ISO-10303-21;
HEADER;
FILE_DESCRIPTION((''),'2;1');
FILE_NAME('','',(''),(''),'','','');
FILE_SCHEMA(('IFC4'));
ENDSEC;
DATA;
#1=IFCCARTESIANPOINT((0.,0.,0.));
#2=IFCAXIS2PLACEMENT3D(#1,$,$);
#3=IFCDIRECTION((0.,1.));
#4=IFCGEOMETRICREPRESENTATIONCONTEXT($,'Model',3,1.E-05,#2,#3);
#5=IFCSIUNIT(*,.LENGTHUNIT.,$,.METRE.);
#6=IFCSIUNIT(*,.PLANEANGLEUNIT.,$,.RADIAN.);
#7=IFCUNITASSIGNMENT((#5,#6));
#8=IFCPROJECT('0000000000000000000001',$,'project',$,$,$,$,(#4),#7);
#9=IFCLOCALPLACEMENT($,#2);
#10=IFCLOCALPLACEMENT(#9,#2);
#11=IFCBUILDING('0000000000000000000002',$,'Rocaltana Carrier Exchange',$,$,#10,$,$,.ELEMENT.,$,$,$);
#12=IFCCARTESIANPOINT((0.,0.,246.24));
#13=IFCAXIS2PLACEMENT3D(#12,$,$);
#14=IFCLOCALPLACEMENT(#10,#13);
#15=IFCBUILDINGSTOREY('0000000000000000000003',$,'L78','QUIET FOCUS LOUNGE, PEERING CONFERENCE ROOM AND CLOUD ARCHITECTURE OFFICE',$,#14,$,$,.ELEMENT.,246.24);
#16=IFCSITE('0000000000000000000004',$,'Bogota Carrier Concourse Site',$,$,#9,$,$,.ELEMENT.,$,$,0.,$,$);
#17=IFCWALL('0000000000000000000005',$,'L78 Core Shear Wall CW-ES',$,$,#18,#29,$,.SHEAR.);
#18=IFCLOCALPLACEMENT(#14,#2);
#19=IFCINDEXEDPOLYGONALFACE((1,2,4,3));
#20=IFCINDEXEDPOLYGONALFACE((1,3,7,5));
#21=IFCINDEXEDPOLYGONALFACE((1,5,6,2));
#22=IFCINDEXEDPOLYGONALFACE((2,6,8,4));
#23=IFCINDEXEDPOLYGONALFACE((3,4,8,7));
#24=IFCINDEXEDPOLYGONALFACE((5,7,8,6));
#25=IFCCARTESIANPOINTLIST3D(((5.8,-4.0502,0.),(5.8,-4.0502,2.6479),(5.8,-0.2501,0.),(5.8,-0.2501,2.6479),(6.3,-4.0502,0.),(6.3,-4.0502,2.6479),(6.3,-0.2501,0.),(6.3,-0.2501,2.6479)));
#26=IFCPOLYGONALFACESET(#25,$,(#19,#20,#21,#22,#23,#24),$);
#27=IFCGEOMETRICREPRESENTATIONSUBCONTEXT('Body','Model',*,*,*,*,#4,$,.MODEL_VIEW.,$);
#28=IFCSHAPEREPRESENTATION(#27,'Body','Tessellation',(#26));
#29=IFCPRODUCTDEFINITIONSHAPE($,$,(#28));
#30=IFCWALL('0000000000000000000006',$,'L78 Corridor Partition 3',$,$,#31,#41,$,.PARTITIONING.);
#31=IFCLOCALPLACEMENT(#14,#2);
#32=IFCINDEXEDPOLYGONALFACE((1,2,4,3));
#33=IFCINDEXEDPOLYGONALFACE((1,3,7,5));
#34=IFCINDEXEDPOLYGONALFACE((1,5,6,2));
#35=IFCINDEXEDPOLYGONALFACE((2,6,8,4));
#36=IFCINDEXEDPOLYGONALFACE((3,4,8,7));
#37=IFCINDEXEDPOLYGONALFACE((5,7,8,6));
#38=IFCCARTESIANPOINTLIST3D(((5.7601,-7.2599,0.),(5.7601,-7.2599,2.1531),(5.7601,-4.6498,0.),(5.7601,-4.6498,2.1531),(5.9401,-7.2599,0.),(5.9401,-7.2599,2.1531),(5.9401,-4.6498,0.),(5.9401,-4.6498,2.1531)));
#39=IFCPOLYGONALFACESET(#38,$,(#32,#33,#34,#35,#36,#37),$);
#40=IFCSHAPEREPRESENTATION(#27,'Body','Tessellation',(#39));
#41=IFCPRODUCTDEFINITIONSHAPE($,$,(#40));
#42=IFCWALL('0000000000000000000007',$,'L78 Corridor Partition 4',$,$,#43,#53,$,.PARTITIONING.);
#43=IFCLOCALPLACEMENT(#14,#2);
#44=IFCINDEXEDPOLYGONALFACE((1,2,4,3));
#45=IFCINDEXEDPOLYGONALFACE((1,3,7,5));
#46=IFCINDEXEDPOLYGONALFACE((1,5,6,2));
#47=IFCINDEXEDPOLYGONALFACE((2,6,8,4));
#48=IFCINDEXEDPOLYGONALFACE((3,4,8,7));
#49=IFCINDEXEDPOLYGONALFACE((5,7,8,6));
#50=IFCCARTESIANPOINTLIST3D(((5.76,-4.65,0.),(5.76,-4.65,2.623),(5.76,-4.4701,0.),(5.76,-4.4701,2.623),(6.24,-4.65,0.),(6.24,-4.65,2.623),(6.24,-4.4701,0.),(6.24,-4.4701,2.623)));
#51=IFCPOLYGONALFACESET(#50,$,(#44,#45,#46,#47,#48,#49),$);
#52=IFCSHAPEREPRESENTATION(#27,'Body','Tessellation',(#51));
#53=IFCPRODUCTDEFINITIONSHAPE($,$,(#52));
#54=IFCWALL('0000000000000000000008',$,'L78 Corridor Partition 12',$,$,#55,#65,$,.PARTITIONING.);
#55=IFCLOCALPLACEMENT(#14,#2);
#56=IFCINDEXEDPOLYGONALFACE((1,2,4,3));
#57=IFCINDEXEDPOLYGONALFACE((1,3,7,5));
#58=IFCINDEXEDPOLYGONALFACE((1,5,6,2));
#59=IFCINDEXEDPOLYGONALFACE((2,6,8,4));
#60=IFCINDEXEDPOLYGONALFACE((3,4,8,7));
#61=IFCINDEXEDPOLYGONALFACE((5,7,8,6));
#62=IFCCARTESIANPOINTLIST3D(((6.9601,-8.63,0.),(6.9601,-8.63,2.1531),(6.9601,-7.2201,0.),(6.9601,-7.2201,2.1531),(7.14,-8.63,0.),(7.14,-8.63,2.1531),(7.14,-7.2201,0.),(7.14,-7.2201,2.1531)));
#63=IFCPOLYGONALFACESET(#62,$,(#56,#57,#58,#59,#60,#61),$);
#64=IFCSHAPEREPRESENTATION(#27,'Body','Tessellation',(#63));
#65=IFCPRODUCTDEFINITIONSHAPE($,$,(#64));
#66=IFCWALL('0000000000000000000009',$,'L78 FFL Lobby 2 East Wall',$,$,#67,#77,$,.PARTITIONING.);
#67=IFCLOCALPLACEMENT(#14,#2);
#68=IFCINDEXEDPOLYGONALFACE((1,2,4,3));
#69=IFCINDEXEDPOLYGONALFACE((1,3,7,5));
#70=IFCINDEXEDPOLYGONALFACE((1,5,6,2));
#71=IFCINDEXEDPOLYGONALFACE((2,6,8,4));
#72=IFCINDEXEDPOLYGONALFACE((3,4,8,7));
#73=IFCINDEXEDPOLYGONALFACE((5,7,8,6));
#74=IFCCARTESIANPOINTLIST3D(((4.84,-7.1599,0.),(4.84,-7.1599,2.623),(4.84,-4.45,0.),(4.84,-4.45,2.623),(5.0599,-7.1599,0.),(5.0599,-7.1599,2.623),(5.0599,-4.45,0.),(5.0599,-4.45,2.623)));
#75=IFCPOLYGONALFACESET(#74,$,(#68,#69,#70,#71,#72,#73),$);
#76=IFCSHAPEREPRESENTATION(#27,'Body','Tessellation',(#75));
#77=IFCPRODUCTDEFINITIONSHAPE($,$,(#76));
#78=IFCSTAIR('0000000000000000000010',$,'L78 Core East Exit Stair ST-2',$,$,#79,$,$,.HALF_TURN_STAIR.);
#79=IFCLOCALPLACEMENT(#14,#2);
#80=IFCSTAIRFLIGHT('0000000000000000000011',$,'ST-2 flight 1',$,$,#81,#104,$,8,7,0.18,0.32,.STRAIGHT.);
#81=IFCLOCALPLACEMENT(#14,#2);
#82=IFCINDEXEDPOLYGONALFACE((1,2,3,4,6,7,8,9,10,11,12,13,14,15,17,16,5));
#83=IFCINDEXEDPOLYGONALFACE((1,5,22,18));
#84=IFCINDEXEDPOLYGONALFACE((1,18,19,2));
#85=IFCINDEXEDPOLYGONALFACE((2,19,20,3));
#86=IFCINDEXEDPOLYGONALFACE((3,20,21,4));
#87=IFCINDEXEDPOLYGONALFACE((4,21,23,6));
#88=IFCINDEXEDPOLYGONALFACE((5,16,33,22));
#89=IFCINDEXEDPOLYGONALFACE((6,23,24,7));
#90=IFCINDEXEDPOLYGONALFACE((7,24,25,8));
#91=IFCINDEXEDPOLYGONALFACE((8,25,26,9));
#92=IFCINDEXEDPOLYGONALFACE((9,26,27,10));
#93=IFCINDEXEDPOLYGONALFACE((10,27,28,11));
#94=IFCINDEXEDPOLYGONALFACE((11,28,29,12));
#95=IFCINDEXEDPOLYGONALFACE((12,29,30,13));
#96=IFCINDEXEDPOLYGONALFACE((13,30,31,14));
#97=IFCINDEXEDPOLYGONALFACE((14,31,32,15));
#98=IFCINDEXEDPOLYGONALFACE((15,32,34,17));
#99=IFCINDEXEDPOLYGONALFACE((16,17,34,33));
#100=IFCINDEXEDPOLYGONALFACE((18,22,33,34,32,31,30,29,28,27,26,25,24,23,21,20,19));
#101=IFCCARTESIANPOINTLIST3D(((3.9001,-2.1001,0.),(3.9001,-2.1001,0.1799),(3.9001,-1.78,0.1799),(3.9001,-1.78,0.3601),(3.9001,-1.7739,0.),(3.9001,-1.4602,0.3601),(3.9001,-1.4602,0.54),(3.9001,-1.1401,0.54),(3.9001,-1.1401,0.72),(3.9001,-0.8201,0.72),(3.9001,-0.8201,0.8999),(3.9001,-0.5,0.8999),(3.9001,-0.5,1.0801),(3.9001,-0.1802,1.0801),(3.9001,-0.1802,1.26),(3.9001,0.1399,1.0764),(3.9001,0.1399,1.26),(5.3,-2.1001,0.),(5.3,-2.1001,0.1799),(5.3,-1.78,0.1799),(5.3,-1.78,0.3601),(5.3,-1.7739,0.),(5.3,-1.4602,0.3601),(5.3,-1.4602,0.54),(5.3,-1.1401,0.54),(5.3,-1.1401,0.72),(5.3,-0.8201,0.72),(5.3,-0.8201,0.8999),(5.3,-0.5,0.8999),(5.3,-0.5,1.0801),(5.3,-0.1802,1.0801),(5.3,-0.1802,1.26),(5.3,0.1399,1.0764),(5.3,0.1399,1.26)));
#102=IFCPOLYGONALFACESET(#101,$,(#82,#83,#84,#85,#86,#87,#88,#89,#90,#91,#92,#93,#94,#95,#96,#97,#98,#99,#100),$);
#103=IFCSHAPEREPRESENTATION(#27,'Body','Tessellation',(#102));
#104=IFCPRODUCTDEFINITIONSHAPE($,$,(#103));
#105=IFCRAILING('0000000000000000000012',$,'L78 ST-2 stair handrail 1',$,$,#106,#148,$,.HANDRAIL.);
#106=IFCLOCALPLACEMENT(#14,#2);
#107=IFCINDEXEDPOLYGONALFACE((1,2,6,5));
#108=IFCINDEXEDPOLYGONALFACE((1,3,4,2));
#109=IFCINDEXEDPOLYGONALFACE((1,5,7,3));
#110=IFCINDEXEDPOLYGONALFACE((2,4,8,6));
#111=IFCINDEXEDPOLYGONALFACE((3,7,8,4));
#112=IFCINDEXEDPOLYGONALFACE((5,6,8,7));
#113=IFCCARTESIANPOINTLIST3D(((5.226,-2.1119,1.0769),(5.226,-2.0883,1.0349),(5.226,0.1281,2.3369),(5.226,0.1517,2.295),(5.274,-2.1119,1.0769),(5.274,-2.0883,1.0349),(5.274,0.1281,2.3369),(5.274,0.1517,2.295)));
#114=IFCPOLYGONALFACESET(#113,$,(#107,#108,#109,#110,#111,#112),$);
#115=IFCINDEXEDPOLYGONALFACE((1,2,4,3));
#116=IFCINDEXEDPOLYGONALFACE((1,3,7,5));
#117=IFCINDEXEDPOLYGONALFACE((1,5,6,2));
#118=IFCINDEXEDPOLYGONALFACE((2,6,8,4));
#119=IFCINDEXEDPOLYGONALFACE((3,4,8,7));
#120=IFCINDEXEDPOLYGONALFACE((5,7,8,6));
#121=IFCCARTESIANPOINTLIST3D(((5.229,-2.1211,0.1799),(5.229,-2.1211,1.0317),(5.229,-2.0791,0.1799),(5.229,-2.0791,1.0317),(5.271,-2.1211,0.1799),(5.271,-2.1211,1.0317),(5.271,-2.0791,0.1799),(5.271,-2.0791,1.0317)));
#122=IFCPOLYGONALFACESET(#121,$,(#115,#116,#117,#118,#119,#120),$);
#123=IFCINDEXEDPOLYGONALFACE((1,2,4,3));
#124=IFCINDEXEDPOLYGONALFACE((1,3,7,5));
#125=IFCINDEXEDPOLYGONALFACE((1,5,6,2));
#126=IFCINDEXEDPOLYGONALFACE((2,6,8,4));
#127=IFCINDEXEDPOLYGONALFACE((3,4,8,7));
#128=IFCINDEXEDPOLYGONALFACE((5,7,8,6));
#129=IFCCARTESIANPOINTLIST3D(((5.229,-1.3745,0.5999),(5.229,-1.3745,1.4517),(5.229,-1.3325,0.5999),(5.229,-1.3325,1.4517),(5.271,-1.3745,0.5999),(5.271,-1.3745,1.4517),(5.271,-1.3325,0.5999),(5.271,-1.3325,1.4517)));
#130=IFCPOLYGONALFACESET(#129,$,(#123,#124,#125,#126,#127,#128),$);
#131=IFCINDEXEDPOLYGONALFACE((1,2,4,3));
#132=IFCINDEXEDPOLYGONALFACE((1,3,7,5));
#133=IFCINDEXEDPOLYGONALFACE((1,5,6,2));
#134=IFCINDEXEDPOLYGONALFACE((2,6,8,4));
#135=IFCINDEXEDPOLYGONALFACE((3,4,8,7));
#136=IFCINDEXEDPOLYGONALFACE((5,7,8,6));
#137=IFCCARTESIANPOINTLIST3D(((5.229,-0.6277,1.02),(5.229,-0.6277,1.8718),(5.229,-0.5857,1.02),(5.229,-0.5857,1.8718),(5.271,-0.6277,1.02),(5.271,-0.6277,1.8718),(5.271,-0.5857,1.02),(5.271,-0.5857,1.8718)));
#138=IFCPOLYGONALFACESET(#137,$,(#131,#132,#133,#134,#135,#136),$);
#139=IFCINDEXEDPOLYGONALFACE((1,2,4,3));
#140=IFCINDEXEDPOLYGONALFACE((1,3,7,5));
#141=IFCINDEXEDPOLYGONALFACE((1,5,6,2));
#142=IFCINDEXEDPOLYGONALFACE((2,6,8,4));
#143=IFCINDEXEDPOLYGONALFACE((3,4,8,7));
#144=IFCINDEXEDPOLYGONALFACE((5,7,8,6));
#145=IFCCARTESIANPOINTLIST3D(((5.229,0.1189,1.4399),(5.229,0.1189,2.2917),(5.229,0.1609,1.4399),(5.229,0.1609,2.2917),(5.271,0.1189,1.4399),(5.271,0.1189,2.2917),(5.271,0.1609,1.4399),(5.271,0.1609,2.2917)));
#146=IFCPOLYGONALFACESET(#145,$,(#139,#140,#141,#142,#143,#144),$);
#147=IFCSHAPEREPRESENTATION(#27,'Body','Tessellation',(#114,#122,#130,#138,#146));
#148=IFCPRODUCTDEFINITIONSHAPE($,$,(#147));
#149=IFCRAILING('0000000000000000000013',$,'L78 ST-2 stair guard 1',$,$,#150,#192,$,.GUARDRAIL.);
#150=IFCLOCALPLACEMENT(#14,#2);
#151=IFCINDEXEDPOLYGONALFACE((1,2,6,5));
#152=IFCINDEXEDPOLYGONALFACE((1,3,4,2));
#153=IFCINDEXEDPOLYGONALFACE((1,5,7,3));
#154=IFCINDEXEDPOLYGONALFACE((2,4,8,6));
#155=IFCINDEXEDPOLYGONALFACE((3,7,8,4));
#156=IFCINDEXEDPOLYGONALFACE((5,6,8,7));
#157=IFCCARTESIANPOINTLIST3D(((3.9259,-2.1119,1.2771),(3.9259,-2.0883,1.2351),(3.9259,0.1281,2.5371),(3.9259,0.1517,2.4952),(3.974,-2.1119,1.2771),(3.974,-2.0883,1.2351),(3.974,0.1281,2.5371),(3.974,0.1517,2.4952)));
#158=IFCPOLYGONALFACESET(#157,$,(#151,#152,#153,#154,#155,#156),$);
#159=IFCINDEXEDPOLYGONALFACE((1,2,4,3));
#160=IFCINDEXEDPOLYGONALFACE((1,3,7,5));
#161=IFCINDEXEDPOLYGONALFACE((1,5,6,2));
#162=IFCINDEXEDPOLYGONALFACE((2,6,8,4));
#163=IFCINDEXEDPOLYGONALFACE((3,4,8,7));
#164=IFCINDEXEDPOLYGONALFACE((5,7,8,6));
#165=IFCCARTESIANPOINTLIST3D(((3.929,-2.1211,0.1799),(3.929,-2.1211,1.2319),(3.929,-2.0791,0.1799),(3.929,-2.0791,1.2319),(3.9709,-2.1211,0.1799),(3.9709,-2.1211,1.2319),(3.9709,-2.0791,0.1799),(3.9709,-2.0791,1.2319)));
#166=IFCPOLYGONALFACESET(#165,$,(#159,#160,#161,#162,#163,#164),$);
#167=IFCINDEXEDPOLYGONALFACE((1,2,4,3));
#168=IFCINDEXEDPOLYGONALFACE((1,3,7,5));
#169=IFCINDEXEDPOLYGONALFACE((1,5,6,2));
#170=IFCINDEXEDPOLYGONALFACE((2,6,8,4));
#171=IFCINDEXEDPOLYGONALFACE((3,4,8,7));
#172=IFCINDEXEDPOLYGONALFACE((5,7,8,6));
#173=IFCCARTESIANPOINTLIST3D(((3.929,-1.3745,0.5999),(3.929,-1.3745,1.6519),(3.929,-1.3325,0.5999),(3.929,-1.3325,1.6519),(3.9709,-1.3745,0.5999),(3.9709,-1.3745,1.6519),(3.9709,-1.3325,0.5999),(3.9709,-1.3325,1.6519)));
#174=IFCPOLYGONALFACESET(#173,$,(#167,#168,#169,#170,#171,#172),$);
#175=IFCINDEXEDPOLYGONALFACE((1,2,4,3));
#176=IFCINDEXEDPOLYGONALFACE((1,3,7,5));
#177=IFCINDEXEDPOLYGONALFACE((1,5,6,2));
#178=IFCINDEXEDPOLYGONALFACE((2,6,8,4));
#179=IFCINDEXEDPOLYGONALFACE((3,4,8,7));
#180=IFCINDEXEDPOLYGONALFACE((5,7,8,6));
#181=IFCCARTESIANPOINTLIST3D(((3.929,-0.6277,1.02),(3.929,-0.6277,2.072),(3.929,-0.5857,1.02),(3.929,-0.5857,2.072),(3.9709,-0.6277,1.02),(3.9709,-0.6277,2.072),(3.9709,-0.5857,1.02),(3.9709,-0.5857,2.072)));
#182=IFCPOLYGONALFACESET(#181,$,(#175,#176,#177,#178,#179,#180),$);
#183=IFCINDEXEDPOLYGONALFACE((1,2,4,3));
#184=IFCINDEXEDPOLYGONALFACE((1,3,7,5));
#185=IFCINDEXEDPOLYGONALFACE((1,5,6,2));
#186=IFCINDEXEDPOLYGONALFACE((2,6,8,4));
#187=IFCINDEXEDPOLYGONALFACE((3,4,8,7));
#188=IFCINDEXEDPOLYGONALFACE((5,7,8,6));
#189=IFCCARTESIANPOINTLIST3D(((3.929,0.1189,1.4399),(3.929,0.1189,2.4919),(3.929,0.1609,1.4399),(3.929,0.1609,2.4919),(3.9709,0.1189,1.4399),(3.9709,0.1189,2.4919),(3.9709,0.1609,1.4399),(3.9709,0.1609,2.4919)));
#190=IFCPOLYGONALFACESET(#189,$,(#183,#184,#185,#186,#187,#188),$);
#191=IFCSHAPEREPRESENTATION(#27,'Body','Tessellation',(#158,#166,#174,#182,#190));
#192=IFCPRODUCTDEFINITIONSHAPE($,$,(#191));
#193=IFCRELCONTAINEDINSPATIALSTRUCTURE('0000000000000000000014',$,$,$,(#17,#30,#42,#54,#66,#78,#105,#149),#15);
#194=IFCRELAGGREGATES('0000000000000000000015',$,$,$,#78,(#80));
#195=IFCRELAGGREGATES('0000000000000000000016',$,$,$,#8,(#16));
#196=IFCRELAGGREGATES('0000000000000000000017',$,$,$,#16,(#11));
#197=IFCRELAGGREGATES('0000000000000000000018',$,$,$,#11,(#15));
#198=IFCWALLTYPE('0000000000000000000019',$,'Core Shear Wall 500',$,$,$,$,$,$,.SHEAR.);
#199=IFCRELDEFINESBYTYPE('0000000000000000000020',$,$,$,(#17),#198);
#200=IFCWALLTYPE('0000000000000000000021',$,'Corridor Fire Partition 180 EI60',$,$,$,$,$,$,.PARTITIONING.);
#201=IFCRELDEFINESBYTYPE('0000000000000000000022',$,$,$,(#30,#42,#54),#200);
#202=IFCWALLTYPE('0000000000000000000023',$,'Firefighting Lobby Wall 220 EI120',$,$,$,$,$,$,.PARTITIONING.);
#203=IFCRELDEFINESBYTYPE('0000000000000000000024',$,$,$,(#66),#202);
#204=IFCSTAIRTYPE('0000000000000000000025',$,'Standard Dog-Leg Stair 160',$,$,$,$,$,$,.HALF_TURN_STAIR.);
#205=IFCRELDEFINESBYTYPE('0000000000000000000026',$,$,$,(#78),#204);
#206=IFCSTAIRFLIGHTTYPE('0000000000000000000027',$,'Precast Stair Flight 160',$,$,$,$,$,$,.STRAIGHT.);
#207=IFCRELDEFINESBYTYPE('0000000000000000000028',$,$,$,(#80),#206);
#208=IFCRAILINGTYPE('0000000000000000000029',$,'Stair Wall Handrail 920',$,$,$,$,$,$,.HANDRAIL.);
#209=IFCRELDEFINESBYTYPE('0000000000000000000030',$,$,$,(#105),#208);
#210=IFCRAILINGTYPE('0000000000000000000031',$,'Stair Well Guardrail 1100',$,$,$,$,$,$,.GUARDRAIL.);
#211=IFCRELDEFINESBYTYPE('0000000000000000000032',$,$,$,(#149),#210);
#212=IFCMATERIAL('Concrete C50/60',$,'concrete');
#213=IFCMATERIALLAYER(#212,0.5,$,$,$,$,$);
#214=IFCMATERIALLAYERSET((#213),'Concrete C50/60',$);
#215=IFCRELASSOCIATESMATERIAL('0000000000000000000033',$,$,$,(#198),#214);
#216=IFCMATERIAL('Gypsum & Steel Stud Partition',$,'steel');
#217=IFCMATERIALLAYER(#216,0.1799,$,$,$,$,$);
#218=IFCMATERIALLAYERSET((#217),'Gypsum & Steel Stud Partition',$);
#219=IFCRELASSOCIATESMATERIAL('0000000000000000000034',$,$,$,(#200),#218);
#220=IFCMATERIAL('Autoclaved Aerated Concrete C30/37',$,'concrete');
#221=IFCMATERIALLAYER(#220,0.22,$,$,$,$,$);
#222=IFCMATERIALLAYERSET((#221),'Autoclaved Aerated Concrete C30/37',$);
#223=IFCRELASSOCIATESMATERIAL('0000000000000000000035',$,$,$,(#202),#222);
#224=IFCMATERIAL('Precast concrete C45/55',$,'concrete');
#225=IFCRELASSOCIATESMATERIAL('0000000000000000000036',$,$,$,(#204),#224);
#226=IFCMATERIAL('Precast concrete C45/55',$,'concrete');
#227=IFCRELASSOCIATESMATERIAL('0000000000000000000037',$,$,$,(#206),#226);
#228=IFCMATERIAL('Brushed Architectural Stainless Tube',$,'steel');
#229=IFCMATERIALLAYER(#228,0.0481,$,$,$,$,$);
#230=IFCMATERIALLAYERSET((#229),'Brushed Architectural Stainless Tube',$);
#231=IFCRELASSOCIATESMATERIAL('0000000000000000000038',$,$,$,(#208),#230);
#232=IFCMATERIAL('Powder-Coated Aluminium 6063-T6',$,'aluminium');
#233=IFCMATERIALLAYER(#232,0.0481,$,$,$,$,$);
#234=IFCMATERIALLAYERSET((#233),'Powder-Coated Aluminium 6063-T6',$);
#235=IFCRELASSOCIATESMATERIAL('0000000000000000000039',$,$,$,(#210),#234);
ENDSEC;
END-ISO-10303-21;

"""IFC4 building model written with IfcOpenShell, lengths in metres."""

from ifc_helpers import new_model, si_unit, direction, frame, frame_2d, origin, origin_2d, place, context, subcontext, project, spatial, polyline, rectangle, outline, extrude, material, layer, layer_set, type_object, element, aggregate, save


model = new_model("IFC4")

# Units and contexts
model_context = context("Model", 3, precision=1e-05, world=origin(), true_north=direction((0.0, 1.0)))
body_context = subcontext(model_context, "Body", "Model", "MODEL_VIEW")
ifc_project = project(units=[si_unit("LENGTHUNIT", "METRE"), si_unit("PLANEANGLEUNIT", "RADIAN")], contexts=[model_context])

# Site, building, storey
site_placement = place(None, origin())
site = spatial("IfcSite", under=ifc_project, at=site_placement, Name="Bogota Carrier Concourse Site", CompositionType="ELEMENT", RefElevation=0.0)
building_placement = place(site_placement, origin())
building = spatial("IfcBuilding", under=site, at=building_placement, Name="Rocaltana Carrier Exchange", CompositionType="ELEMENT")
storey_placement = place(building_placement, frame((0.0, 0.0, 246.24)))
storey = spatial("IfcBuildingStorey", under=building, at=storey_placement, Name="L78", Description="QUIET FOCUS LOUNGE, PEERING CONFERENCE ROOM AND CLOUD ARCHITECTURE OFFICE", CompositionType="ELEMENT", Elevation=246.24)

# Walls
ifc_material_1 = material(Name="Concrete C50/60", Category="concrete")
ifc_layer_1 = layer(ifc_material_1, 0.5)
ifc_layer_set_1 = layer_set([ifc_layer_1], Name="Concrete C50/60")
wall_type_1 = type_object("IfcWallType", Name="Core Shear Wall 500", PredefinedType="SHEAR", material=ifc_layer_set_1)
wall_1_placement = place(storey_placement, frame((6.05, -4.05, 0.0), z_axis=(0.0, 0.0, 1.0), x_axis=(0.0, 1.0, 0.0)))
element("IfcWall", 1, at=wall_1_placement, inside=storey, type_object=wall_type_1, Name="L78 Core Shear Wall CW-ES", PredefinedType="SHEAR", context=body_context, shape_type="SweptSolid", body=[
    extrude(rectangle(XDim=3.8, YDim=0.5, at=frame_2d((1.8999, 0.0))), origin(), (0.0, 0.0, 1.0), 2.6479),
])
ifc_material_2 = material(Name="Gypsum & Steel Stud Partition", Category="steel")
ifc_layer_2 = layer(ifc_material_2, 0.1799)
ifc_layer_set_2 = layer_set([ifc_layer_2], Name="Gypsum & Steel Stud Partition")
wall_type_2 = type_object("IfcWallType", Name="Corridor Fire Partition 180 EI60", PredefinedType="PARTITIONING", material=ifc_layer_set_2)
wall_2_placement = place(storey_placement, frame((5.8501, -7.26, 0.0), z_axis=(0.0, 0.0, 1.0), x_axis=(0.0, 1.0, 0.0)))
element("IfcWall", 2, at=wall_2_placement, inside=storey, type_object=wall_type_2, Name="L78 Corridor Partition 3", PredefinedType="PARTITIONING", context=body_context, shape_type="SweptSolid", body=[
    extrude(rectangle(XDim=2.6101, YDim=0.1799, at=frame_2d((1.3052, 0.0))), origin(), (0.0, 0.0, 1.0), 2.1531),
])
wall_3_placement = place(storey_placement, frame((5.76, -4.5601, 0.0), z_axis=(0.0, 0.0, 1.0), x_axis=(1.0, 0.0, 0.0)))
element("IfcWall", 3, at=wall_3_placement, inside=storey, type_object=wall_type_2, Name="L78 Corridor Partition 4", PredefinedType="PARTITIONING", context=body_context, shape_type="SweptSolid", body=[
    extrude(rectangle(XDim=0.48, YDim=0.1799, at=frame_2d((0.24, 0.0))), origin(), (0.0, 0.0, 1.0), 2.623),
])
wall_4_placement = place(storey_placement, frame((7.05, -7.22, 0.0), z_axis=(0.0, 0.0, 1.0), x_axis=(0.0, -1.0, 0.0)))
element("IfcWall", 4, at=wall_4_placement, inside=storey, type_object=wall_type_2, Name="L78 Corridor Partition 12", PredefinedType="PARTITIONING", context=body_context, shape_type="SweptSolid", body=[
    extrude(rectangle(XDim=1.4099, YDim=0.1799, at=frame_2d((0.7051, 0.0))), origin(), (0.0, 0.0, 1.0), 2.1531),
])
ifc_material_3 = material(Name="Autoclaved Aerated Concrete C30/37", Category="concrete")
ifc_layer_3 = layer(ifc_material_3, 0.22)
ifc_layer_set_3 = layer_set([ifc_layer_3], Name="Autoclaved Aerated Concrete C30/37")
wall_type_3 = type_object("IfcWallType", Name="Firefighting Lobby Wall 220 EI120", PredefinedType="PARTITIONING", material=ifc_layer_set_3)
wall_5_placement = place(storey_placement, frame((4.95, -7.1599, 0.0), z_axis=(0.0, 0.0, 1.0), x_axis=(0.0, 1.0, 0.0)))
element("IfcWall", 5, at=wall_5_placement, inside=storey, type_object=wall_type_3, Name="L78 FFL Lobby 2 East Wall", PredefinedType="PARTITIONING", context=body_context, shape_type="SweptSolid", body=[
    extrude(rectangle(XDim=2.71, YDim=0.22, at=frame_2d((1.355, 0.0))), origin(), (0.0, 0.0, 1.0), 2.623),
])

# Stair, stair flight
ifc_material_4 = material(Name="Precast concrete C45/55", Category="concrete")
stair_type = type_object("IfcStairType", Name="Standard Dog-Leg Stair 160", PredefinedType="HALF_TURN_STAIR", material=ifc_material_4)
stair_placement = place(storey_placement, origin())
stair = element("IfcStair", 6, at=stair_placement, inside=storey, type_object=stair_type, Name="L78 Core East Exit Stair ST-2", PredefinedType="HALF_TURN_STAIR")
ifc_material_5 = material(Name="Precast concrete C45/55", Category="concrete")
stair_flight_type = type_object("IfcStairFlightType", Name="Precast Stair Flight 160", PredefinedType="STRAIGHT", material=ifc_material_5)
stair_flight_placement = place(storey_placement, frame((4.6001, -2.1001, 0.0), z_axis=(0.0, 0.0, 1.0), x_axis=(0.0, 1.0, 0.0)))
stair_flight = element("IfcStairFlight", 7, at=stair_flight_placement, type_object=stair_flight_type, Name="ST-2 flight 1", NumberOfRisers=8, NumberOfTreads=7, PredefinedType="STRAIGHT", RiserHeight=0.18, TreadLength=0.32, context=body_context, shape_type="SweptSolid", body=[
    extrude(outline(polyline([(0.0, 0.0), (0.0, 0.1799), (0.3201, 0.1799), (0.3201, 0.3601), (0.6399, 0.3601), (0.6399, 0.54), (0.96, 0.54), (0.96, 0.72), (1.28, 0.72), (1.28, 0.8999), (1.6001, 0.8999), (1.6001, 1.0801), (1.9199, 1.0801), (1.9199, 1.26), (2.24, 1.26), (2.24, 1.4399), (2.24, 1.0764), (0.3262, 0.0), (0.0, 0.0)])), frame((0.0, 0.7, 0.0), z_axis=(0.0, -1.0, 0.0), x_axis=(1.0, 0.0, 0.0)), (0.0, 0.0, 1.0), 1.3999),
])
aggregate(stair, [stair_flight])

# Railings
ifc_material_6 = material(Name="Brushed Architectural Stainless Tube", Category="steel")
ifc_layer_4 = layer(ifc_material_6, 0.0481)
ifc_layer_set_4 = layer_set([ifc_layer_4], Name="Brushed Architectural Stainless Tube")
railing_type_1 = type_object("IfcRailingType", Name="Stair Wall Handrail 920", PredefinedType="HANDRAIL", material=ifc_layer_set_4)
railing_1_placement = place(storey_placement, frame((5.25, -2.1001, 0.1799)))
element("IfcRailing", 8, at=railing_1_placement, inside=storey, type_object=railing_type_1, Name="L78 ST-2 stair handrail 1", PredefinedType="HANDRAIL", context=body_context, shape_type="SweptSolid", body=[
    extrude(rectangle(XDim=0.0481, YDim=0.0481, at=origin_2d()), frame((0.0, 0.0, 0.876), z_axis=(0.0, 0.871573, 0.490266), x_axis=(-1.0, 0.0, 0.0)), (0.0, 0.0, 1.0), 2.5701),
    extrude(rectangle(XDim=0.042, YDim=0.042, at=origin_2d()), origin(), (0.0, 0.0, 1.0), 0.8518),
    extrude(rectangle(XDim=0.042, YDim=0.042, at=origin_2d()), frame((0.0, 0.7466, 0.4199)), (0.0, 0.0, 1.0), 0.8518),
    extrude(rectangle(XDim=0.042, YDim=0.042, at=origin_2d()), frame((0.0, 1.4934, 0.8401)), (0.0, 0.0, 1.0), 0.8518),
    extrude(rectangle(XDim=0.042, YDim=0.042, at=origin_2d()), frame((0.0, 2.24, 1.26)), (0.0, 0.0, 1.0), 0.8518),
])
ifc_material_7 = material(Name="Powder-Coated Aluminium 6063-T6", Category="aluminium")
ifc_layer_5 = layer(ifc_material_7, 0.0481)
ifc_layer_set_5 = layer_set([ifc_layer_5], Name="Powder-Coated Aluminium 6063-T6")
railing_type_2 = type_object("IfcRailingType", Name="Stair Well Guardrail 1100", PredefinedType="GUARDRAIL", material=ifc_layer_set_5)
railing_2_placement = place(storey_placement, frame((3.95, -2.1001, 0.1799)))
element("IfcRailing", 9, at=railing_2_placement, inside=storey, type_object=railing_type_2, Name="L78 ST-2 stair guard 1", PredefinedType="GUARDRAIL", context=body_context, shape_type="SweptSolid", body=[
    extrude(rectangle(XDim=0.0481, YDim=0.0481, at=origin_2d()), frame((0.0, 0.0, 1.0762), z_axis=(0.0, 0.871573, 0.490266), x_axis=(-1.0, 0.0, 0.0)), (0.0, 0.0, 1.0), 2.5701),
    extrude(rectangle(XDim=0.042, YDim=0.042, at=origin_2d()), origin(), (0.0, 0.0, 1.0), 1.052),
    extrude(rectangle(XDim=0.042, YDim=0.042, at=origin_2d()), frame((0.0, 0.7466, 0.4199)), (0.0, 0.0, 1.0), 1.052),
    extrude(rectangle(XDim=0.042, YDim=0.042, at=origin_2d()), frame((0.0, 1.4934, 0.8401)), (0.0, 0.0, 1.0), 1.052),
    extrude(rectangle(XDim=0.042, YDim=0.042, at=origin_2d()), frame((0.0, 2.24, 1.26)), (0.0, 0.0, 1.0), 1.052),
])

save(model, "model.ifc")
